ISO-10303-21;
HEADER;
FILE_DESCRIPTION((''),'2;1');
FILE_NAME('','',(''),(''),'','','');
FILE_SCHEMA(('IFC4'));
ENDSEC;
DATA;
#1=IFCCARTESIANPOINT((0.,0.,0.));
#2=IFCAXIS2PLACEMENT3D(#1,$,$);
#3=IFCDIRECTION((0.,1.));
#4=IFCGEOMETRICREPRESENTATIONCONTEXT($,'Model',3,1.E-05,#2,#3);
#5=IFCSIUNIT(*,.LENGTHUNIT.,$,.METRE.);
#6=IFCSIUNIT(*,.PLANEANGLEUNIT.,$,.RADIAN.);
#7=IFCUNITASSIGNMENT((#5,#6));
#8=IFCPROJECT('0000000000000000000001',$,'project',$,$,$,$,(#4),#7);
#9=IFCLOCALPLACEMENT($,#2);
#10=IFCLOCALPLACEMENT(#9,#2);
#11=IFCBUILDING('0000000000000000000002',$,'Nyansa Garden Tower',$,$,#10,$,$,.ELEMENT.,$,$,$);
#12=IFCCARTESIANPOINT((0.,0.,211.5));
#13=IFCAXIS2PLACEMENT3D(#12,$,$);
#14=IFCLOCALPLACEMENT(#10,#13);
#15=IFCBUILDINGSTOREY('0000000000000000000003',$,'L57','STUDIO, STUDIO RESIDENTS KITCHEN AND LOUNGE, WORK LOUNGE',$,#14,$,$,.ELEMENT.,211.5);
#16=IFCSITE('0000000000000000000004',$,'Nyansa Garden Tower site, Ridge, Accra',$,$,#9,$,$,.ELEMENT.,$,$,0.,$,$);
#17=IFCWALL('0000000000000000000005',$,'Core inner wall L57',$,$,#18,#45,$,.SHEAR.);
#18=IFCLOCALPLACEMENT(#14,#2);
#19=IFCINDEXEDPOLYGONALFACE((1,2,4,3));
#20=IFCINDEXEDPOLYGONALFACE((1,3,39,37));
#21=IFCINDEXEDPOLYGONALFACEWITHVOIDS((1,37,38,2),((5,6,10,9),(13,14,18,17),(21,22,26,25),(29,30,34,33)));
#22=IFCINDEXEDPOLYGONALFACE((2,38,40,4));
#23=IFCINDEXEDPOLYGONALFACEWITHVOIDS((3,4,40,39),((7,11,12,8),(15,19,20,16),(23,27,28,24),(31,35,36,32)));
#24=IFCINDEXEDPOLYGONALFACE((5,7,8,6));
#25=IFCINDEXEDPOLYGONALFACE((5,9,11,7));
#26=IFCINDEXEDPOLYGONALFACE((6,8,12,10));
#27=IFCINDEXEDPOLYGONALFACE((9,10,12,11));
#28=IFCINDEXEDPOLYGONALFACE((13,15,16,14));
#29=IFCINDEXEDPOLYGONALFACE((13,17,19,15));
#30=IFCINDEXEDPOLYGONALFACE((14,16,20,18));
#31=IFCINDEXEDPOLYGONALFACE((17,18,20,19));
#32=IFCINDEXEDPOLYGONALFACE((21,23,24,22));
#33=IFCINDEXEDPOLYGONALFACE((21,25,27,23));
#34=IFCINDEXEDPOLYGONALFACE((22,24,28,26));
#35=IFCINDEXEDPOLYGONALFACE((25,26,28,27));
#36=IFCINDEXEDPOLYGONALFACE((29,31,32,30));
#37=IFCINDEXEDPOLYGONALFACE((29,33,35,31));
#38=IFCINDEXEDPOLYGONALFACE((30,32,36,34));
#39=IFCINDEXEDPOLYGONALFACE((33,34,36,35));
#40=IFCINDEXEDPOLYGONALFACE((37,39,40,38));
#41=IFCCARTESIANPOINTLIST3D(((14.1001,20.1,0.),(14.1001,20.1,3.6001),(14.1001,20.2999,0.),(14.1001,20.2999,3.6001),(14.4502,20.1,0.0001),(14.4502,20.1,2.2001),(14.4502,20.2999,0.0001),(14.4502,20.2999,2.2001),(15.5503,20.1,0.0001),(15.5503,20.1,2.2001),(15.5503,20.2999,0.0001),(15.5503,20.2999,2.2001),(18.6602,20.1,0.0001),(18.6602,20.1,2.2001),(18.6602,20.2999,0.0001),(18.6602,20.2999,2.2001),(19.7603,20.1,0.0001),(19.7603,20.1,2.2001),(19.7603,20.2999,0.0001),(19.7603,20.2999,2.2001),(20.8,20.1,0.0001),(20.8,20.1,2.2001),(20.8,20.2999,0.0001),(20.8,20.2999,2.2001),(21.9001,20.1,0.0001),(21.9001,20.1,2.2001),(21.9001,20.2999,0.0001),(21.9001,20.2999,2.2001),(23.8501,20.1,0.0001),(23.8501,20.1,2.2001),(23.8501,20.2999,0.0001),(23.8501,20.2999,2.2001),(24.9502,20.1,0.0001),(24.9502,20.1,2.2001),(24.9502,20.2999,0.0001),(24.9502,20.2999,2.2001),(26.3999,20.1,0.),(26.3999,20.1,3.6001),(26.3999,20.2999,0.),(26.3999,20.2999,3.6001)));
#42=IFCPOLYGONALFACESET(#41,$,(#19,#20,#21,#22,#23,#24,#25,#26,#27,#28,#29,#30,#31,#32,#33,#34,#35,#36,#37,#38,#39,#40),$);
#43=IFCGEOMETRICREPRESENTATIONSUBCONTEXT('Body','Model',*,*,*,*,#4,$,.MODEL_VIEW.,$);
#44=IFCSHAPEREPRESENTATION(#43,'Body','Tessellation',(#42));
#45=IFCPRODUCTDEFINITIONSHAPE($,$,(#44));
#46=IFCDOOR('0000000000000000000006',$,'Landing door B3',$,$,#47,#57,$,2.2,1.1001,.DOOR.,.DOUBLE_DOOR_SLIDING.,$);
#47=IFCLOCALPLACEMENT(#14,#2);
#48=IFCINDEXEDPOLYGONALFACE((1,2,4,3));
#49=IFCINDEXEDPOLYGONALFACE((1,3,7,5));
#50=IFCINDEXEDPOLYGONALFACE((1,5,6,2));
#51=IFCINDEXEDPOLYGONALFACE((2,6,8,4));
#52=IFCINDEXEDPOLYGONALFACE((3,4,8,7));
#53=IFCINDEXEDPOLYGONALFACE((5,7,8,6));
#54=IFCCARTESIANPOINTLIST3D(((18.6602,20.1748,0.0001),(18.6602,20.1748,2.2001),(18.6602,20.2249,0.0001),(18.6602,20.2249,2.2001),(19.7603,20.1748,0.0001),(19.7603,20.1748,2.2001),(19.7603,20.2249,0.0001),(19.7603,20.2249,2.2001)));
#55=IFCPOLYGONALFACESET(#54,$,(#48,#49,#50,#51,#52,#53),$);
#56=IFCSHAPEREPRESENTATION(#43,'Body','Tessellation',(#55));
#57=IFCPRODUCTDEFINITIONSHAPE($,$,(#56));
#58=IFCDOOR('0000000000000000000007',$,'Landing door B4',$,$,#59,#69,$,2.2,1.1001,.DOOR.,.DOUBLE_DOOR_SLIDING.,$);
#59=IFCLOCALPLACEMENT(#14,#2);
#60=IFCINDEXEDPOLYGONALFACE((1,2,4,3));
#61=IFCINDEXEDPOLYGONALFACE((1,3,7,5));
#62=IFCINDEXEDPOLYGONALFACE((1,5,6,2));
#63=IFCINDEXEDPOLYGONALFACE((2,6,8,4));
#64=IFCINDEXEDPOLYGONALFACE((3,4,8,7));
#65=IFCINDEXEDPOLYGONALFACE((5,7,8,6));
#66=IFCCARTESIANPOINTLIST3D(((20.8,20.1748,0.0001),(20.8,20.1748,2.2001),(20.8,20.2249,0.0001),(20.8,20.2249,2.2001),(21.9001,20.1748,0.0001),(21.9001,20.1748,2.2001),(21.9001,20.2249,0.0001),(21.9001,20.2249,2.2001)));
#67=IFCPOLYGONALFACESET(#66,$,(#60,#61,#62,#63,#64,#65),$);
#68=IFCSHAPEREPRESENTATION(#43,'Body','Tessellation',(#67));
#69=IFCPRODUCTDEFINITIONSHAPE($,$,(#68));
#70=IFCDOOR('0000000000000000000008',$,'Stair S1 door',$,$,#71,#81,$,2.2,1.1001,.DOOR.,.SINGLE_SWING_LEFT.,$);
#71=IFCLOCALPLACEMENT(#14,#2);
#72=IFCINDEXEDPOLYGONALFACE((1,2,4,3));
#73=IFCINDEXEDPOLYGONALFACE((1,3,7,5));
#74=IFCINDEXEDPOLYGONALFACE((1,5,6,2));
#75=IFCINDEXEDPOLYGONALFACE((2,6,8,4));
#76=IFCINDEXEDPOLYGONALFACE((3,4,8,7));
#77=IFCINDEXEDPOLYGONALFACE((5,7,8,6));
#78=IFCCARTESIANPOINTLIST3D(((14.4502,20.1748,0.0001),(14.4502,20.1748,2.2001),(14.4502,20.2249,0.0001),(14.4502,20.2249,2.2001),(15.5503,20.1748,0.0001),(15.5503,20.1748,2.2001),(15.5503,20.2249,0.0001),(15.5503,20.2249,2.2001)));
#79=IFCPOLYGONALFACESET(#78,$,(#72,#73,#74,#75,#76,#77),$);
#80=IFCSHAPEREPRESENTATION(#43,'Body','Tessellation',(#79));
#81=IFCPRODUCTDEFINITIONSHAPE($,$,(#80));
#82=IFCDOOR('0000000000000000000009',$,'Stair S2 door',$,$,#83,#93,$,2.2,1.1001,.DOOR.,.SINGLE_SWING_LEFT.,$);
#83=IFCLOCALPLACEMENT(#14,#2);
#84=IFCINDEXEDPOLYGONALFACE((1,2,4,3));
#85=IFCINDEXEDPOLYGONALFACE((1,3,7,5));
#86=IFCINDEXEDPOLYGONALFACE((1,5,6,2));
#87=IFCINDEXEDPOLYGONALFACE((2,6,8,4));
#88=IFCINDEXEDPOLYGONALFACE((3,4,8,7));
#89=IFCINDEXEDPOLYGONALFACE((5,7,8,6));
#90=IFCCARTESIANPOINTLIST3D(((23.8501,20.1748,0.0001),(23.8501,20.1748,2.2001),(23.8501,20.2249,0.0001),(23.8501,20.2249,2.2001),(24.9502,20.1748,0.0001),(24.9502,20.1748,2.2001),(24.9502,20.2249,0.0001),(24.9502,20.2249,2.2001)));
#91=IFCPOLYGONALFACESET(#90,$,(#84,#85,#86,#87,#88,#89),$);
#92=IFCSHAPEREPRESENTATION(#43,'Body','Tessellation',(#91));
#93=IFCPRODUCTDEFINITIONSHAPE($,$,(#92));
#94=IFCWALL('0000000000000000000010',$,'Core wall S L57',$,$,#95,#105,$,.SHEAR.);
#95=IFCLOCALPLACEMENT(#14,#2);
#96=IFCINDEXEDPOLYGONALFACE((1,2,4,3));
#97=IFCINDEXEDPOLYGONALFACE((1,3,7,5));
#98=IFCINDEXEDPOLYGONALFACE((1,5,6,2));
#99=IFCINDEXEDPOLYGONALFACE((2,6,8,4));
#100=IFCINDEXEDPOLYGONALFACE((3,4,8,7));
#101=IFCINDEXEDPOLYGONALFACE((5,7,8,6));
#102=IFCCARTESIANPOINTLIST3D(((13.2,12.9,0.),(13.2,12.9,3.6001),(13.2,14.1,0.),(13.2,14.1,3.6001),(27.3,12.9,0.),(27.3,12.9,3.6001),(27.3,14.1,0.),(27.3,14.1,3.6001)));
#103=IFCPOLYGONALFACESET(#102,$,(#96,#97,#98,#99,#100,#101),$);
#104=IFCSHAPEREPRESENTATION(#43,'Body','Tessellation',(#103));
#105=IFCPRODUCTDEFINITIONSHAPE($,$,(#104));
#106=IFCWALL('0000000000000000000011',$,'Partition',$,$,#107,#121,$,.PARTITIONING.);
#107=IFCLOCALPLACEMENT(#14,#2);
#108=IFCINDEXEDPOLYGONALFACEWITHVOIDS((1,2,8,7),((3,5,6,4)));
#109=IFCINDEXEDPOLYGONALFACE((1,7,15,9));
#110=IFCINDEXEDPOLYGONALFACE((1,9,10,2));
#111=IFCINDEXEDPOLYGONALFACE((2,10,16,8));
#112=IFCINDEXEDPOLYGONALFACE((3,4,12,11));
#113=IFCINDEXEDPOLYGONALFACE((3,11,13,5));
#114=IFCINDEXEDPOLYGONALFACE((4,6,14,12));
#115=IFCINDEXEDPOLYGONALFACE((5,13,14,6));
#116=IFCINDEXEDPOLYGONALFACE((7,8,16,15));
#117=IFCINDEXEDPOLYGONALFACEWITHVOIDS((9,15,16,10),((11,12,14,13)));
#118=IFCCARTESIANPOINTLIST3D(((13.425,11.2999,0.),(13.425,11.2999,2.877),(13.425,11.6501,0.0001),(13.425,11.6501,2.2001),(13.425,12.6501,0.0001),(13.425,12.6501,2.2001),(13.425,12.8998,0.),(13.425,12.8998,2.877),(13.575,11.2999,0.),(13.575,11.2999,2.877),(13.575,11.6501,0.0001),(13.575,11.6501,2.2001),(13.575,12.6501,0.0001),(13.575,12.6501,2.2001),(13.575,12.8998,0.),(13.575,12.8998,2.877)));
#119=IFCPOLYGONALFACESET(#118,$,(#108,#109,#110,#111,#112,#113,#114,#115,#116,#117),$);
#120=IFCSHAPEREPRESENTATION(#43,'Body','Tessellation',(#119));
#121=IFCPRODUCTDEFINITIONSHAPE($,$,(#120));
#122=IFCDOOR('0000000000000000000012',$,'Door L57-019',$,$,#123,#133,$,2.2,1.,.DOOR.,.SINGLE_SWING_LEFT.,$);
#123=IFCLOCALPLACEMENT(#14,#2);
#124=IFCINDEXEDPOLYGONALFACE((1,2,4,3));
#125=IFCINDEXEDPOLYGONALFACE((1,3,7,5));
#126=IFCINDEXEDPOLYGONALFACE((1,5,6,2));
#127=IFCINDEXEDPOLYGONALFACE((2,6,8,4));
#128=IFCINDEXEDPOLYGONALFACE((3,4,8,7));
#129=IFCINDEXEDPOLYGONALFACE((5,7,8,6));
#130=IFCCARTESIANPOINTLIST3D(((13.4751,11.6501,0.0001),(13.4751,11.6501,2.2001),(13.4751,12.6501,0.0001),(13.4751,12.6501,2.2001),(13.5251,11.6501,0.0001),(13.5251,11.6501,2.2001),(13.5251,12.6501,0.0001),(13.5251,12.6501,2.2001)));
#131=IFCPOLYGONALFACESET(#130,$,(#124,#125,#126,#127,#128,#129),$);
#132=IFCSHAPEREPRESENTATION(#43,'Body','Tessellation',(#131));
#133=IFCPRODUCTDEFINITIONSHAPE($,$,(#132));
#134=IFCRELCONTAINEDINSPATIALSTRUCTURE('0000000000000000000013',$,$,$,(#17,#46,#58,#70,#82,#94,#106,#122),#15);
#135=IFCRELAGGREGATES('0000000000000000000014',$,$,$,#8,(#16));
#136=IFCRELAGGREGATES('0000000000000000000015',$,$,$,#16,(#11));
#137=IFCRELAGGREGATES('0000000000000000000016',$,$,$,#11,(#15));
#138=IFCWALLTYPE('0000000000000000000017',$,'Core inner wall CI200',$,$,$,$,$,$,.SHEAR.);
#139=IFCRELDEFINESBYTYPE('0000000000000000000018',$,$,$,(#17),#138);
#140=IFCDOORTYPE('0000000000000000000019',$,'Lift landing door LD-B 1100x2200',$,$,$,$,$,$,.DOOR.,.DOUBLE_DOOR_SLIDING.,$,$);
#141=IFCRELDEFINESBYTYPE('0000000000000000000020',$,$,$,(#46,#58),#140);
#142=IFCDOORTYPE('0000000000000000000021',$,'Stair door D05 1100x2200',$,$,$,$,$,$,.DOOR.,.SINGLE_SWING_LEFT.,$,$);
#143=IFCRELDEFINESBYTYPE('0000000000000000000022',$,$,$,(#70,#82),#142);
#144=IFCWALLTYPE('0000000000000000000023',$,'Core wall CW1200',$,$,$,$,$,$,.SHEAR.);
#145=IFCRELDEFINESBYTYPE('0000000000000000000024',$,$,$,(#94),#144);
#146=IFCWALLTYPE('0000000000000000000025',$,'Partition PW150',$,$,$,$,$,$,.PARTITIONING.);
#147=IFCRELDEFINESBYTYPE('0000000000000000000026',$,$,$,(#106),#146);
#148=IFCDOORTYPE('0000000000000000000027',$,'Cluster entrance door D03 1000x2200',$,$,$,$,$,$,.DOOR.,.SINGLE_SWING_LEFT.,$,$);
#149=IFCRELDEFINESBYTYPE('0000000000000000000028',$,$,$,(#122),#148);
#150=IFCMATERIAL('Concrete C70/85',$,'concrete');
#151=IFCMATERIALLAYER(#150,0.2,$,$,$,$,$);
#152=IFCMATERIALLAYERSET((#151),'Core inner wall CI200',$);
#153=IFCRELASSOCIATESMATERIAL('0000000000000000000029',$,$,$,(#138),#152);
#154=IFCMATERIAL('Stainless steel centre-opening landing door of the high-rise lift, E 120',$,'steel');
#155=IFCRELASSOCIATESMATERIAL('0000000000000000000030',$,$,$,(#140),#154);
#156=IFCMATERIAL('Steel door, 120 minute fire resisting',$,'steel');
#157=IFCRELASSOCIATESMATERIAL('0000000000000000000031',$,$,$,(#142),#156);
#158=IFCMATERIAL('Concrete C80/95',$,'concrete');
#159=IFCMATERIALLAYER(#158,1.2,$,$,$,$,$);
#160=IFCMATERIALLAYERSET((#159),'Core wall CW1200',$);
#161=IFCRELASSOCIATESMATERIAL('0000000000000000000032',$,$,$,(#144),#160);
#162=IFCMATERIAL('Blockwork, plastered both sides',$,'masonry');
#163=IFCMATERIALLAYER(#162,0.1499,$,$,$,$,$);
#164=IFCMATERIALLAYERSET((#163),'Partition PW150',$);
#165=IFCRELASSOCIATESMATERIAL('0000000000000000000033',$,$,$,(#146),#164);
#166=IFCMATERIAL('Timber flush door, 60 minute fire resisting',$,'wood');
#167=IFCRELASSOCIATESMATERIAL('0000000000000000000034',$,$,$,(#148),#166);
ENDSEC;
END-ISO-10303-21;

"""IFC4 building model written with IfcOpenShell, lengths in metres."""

from ifc_helpers import new_model, si_unit, direction, frame, frame_2d, origin, place, context, subcontext, project, spatial, rectangle, extrude, material, layer, layer_set, type_object, element, fill, save


model = new_model("IFC4")

# Units and contexts
model_context = context("Model", 3, precision=1e-05, world=origin(), true_north=direction((0.0, 1.0)))
body_context = subcontext(model_context, "Body", "Model", "MODEL_VIEW")
ifc_project = project(units=[si_unit("LENGTHUNIT", "METRE"), si_unit("PLANEANGLEUNIT", "RADIAN")], contexts=[model_context])

# Site, building, storey
site_placement = place(None, origin())
site = spatial("IfcSite", under=ifc_project, at=site_placement, Name="Nyansa Garden Tower site, Ridge, Accra", CompositionType="ELEMENT", RefElevation=0.0)
building_placement = place(site_placement, origin())
building = spatial("IfcBuilding", under=site, at=building_placement, Name="Nyansa Garden Tower", CompositionType="ELEMENT")
storey_placement = place(building_placement, frame((0.0, 0.0, 211.5)))
storey = spatial("IfcBuildingStorey", under=building, at=storey_placement, Name="L57", Description="STUDIO, STUDIO RESIDENTS KITCHEN AND LOUNGE, WORK LOUNGE", CompositionType="ELEMENT", Elevation=211.5)

# Wall, openings, doors
ifc_material_1 = material(Name="Concrete C70/85", Category="concrete")
ifc_layer_1 = layer(ifc_material_1, 0.2)
ifc_layer_set_1 = layer_set([ifc_layer_1], Name="Core inner wall CI200")
wall_type_1 = type_object("IfcWallType", Name="Core inner wall CI200", PredefinedType="SHEAR", material=ifc_layer_set_1)
ifc_material_2 = material(Name="Stainless steel centre-opening landing door of the high-rise lift, E 120", Category="steel")
door_type_1 = type_object("IfcDoorType", Name="Lift landing door LD-B 1100x2200", OperationType="DOUBLE_DOOR_SLIDING", PredefinedType="DOOR", material=ifc_material_2)
wall_1_placement = place(storey_placement, frame((14.1001, 20.2, 0.0), z_axis=(0.0, 0.0, 1.0), x_axis=(1.0, 0.0, 0.0)))
wall_1 = element("IfcWall", 1, at=wall_1_placement, inside=storey, type_object=wall_type_1, Name="Core inner wall L57", PredefinedType="SHEAR", context=body_context, shape_type="SweptSolid", body=[
    extrude(rectangle(XDim=12.2998, YDim=0.2, at=frame_2d((6.1499, 0.0))), origin(), (0.0, 0.0, 1.0), 3.6001),
])
opening_1_placement = place(wall_1_placement, frame((4.5601, 0.0, 0.0)))
opening_1 = element("IfcOpeningElement", 2, at=opening_1_placement, cuts=wall_1, PredefinedType="OPENING", context=body_context, shape_type="SweptSolid", body=[
    extrude(rectangle(XDim=1.1001, YDim=2.2, at=frame_2d((0.55, 1.1001))), frame((0.0, 0.1099, 0.0), z_axis=(0.0, -1.0, 0.0), x_axis=(1.0, 0.0, 0.0)), (0.0, 0.0, 1.0), 0.22),
])
opening_2_placement = place(wall_1_placement, frame((6.7, 0.0, 0.0)))
opening_2 = element("IfcOpeningElement", 3, at=opening_2_placement, cuts=wall_1, PredefinedType="OPENING", context=body_context, shape_type="SweptSolid", body=[
    extrude(rectangle(XDim=1.1001, YDim=2.2, at=frame_2d((0.55, 1.1001))), frame((0.0, 0.1099, 0.0), z_axis=(0.0, -1.0, 0.0), x_axis=(1.0, 0.0, 0.0)), (0.0, 0.0, 1.0), 0.22),
])
opening_3_placement = place(wall_1_placement, frame((0.3501, 0.0, 0.0)))
opening_3 = element("IfcOpeningElement", 4, at=opening_3_placement, cuts=wall_1, PredefinedType="OPENING", context=body_context, shape_type="SweptSolid", body=[
    extrude(rectangle(XDim=1.1001, YDim=2.2, at=frame_2d((0.55, 1.1001))), frame((0.0, 0.1099, 0.0), z_axis=(0.0, -1.0, 0.0), x_axis=(1.0, 0.0, 0.0)), (0.0, 0.0, 1.0), 0.22),
])
opening_4_placement = place(wall_1_placement, frame((9.75, 0.0, 0.0)))
opening_4 = element("IfcOpeningElement", 5, at=opening_4_placement, cuts=wall_1, PredefinedType="OPENING", context=body_context, shape_type="SweptSolid", body=[
    extrude(rectangle(XDim=1.1001, YDim=2.2, at=frame_2d((0.55, 1.1001))), frame((0.0, 0.1099, 0.0), z_axis=(0.0, -1.0, 0.0), x_axis=(1.0, 0.0, 0.0)), (0.0, 0.0, 1.0), 0.22),
])
door_1_placement = place(opening_1_placement, origin())
door_1 = element("IfcDoor", 6, at=door_1_placement, inside=storey, type_object=door_type_1, Name="Landing door B3", OperationType="DOUBLE_DOOR_SLIDING", OverallHeight=2.2, OverallWidth=1.1001, PredefinedType="DOOR", context=body_context, shape_type="SweptSolid", body=[
    extrude(rectangle(XDim=1.1001, YDim=2.2, at=frame_2d((0.55, 1.1001))), frame((0.0, 0.0249, 0.0), z_axis=(0.0, -1.0, 0.0), x_axis=(1.0, 0.0, 0.0)), (0.0, 0.0, 1.0), 0.05),
])
fill(opening_1, door_1)
door_2_placement = place(opening_2_placement, origin())
door_2 = element("IfcDoor", 7, at=door_2_placement, inside=storey, type_object=door_type_1, Name="Landing door B4", OperationType="DOUBLE_DOOR_SLIDING", OverallHeight=2.2, OverallWidth=1.1001, PredefinedType="DOOR", context=body_context, shape_type="SweptSolid", body=[
    extrude(rectangle(XDim=1.1001, YDim=2.2, at=frame_2d((0.55, 1.1001))), frame((0.0, 0.0249, 0.0), z_axis=(0.0, -1.0, 0.0), x_axis=(1.0, 0.0, 0.0)), (0.0, 0.0, 1.0), 0.05),
])
fill(opening_2, door_2)
ifc_material_3 = material(Name="Steel door, 120 minute fire resisting", Category="steel")
door_type_2 = type_object("IfcDoorType", Name="Stair door D05 1100x2200", OperationType="SINGLE_SWING_LEFT", PredefinedType="DOOR", material=ifc_material_3)
door_3_placement = place(opening_3_placement, origin())
door_3 = element("IfcDoor", 8, at=door_3_placement, inside=storey, type_object=door_type_2, Name="Stair S1 door", OperationType="SINGLE_SWING_LEFT", OverallHeight=2.2, OverallWidth=1.1001, PredefinedType="DOOR", context=body_context, shape_type="SweptSolid", body=[
    extrude(rectangle(XDim=1.1001, YDim=2.2, at=frame_2d((0.55, 1.1001))), frame((0.0, 0.0249, 0.0), z_axis=(0.0, -1.0, 0.0), x_axis=(1.0, 0.0, 0.0)), (0.0, 0.0, 1.0), 0.05),
])
fill(opening_3, door_3)
door_4_placement = place(opening_4_placement, origin())
door_4 = element("IfcDoor", 9, at=door_4_placement, inside=storey, type_object=door_type_2, Name="Stair S2 door", OperationType="SINGLE_SWING_LEFT", OverallHeight=2.2, OverallWidth=1.1001, PredefinedType="DOOR", context=body_context, shape_type="SweptSolid", body=[
    extrude(rectangle(XDim=1.1001, YDim=2.2, at=frame_2d((0.55, 1.1001))), frame((0.0, 0.0249, 0.0), z_axis=(0.0, -1.0, 0.0), x_axis=(1.0, 0.0, 0.0)), (0.0, 0.0, 1.0), 0.05),
])
fill(opening_4, door_4)

# Wall
ifc_material_4 = material(Name="Concrete C80/95", Category="concrete")
ifc_layer_2 = layer(ifc_material_4, 1.2)
ifc_layer_set_2 = layer_set([ifc_layer_2], Name="Core wall CW1200")
wall_type_2 = type_object("IfcWallType", Name="Core wall CW1200", PredefinedType="SHEAR", material=ifc_layer_set_2)
wall_2_placement = place(storey_placement, frame((13.2, 13.5, 0.0), z_axis=(0.0, 0.0, 1.0), x_axis=(1.0, 0.0, 0.0)))
element("IfcWall", 10, at=wall_2_placement, inside=storey, type_object=wall_type_2, Name="Core wall S L57", PredefinedType="SHEAR", context=body_context, shape_type="SweptSolid", body=[
    extrude(rectangle(XDim=14.1001, YDim=1.2, at=frame_2d((7.05, 0.0))), origin(), (0.0, 0.0, 1.0), 3.6001),
])

# Wall, opening, door
ifc_material_5 = material(Name="Blockwork, plastered both sides", Category="masonry")
ifc_layer_3 = layer(ifc_material_5, 0.1499)
ifc_layer_set_3 = layer_set([ifc_layer_3], Name="Partition PW150")
wall_type_3 = type_object("IfcWallType", Name="Partition PW150", PredefinedType="PARTITIONING", material=ifc_layer_set_3)
wall_3_placement = place(storey_placement, frame((13.5, 11.3, 0.0), z_axis=(0.0, 0.0, 1.0), x_axis=(0.0, 1.0, 0.0)))
wall_3 = element("IfcWall", 11, at=wall_3_placement, inside=storey, type_object=wall_type_3, Name="Partition", PredefinedType="PARTITIONING", context=body_context, shape_type="SweptSolid", body=[
    extrude(rectangle(XDim=1.5999, YDim=0.1499, at=frame_2d((0.7998, 0.0))), origin(), (0.0, 0.0, 1.0), 2.877),
])
opening_5_placement = place(wall_3_placement, frame((0.3501, 0.0, 0.0)))
opening_5 = element("IfcOpeningElement", 12, at=opening_5_placement, cuts=wall_3, PredefinedType="OPENING", context=body_context, shape_type="SweptSolid", body=[
    extrude(rectangle(XDim=1.0, YDim=2.2, at=frame_2d((0.5, 1.1001))), frame((0.0, 0.085, 0.0), z_axis=(0.0, -1.0, 0.0), x_axis=(1.0, 0.0, 0.0)), (0.0, 0.0, 1.0), 0.1699),
])
ifc_material_6 = material(Name="Timber flush door, 60 minute fire resisting", Category="wood")
door_type_3 = type_object("IfcDoorType", Name="Cluster entrance door D03 1000x2200", OperationType="SINGLE_SWING_LEFT", PredefinedType="DOOR", material=ifc_material_6)
door_5_placement = place(opening_5_placement, origin())
door_5 = element("IfcDoor", 13, at=door_5_placement, inside=storey, type_object=door_type_3, Name="Door L57-019", OperationType="SINGLE_SWING_LEFT", OverallHeight=2.2, OverallWidth=1.0, PredefinedType="DOOR", context=body_context, shape_type="SweptSolid", body=[
    extrude(rectangle(XDim=1.0, YDim=2.2, at=frame_2d((0.5, 1.1001))), frame((0.0, 0.0249, 0.0), z_axis=(0.0, -1.0, 0.0), x_axis=(1.0, 0.0, 0.0)), (0.0, 0.0, 1.0), 0.05),
])
fill(opening_5, door_5)

save(model, "model.ifc")
